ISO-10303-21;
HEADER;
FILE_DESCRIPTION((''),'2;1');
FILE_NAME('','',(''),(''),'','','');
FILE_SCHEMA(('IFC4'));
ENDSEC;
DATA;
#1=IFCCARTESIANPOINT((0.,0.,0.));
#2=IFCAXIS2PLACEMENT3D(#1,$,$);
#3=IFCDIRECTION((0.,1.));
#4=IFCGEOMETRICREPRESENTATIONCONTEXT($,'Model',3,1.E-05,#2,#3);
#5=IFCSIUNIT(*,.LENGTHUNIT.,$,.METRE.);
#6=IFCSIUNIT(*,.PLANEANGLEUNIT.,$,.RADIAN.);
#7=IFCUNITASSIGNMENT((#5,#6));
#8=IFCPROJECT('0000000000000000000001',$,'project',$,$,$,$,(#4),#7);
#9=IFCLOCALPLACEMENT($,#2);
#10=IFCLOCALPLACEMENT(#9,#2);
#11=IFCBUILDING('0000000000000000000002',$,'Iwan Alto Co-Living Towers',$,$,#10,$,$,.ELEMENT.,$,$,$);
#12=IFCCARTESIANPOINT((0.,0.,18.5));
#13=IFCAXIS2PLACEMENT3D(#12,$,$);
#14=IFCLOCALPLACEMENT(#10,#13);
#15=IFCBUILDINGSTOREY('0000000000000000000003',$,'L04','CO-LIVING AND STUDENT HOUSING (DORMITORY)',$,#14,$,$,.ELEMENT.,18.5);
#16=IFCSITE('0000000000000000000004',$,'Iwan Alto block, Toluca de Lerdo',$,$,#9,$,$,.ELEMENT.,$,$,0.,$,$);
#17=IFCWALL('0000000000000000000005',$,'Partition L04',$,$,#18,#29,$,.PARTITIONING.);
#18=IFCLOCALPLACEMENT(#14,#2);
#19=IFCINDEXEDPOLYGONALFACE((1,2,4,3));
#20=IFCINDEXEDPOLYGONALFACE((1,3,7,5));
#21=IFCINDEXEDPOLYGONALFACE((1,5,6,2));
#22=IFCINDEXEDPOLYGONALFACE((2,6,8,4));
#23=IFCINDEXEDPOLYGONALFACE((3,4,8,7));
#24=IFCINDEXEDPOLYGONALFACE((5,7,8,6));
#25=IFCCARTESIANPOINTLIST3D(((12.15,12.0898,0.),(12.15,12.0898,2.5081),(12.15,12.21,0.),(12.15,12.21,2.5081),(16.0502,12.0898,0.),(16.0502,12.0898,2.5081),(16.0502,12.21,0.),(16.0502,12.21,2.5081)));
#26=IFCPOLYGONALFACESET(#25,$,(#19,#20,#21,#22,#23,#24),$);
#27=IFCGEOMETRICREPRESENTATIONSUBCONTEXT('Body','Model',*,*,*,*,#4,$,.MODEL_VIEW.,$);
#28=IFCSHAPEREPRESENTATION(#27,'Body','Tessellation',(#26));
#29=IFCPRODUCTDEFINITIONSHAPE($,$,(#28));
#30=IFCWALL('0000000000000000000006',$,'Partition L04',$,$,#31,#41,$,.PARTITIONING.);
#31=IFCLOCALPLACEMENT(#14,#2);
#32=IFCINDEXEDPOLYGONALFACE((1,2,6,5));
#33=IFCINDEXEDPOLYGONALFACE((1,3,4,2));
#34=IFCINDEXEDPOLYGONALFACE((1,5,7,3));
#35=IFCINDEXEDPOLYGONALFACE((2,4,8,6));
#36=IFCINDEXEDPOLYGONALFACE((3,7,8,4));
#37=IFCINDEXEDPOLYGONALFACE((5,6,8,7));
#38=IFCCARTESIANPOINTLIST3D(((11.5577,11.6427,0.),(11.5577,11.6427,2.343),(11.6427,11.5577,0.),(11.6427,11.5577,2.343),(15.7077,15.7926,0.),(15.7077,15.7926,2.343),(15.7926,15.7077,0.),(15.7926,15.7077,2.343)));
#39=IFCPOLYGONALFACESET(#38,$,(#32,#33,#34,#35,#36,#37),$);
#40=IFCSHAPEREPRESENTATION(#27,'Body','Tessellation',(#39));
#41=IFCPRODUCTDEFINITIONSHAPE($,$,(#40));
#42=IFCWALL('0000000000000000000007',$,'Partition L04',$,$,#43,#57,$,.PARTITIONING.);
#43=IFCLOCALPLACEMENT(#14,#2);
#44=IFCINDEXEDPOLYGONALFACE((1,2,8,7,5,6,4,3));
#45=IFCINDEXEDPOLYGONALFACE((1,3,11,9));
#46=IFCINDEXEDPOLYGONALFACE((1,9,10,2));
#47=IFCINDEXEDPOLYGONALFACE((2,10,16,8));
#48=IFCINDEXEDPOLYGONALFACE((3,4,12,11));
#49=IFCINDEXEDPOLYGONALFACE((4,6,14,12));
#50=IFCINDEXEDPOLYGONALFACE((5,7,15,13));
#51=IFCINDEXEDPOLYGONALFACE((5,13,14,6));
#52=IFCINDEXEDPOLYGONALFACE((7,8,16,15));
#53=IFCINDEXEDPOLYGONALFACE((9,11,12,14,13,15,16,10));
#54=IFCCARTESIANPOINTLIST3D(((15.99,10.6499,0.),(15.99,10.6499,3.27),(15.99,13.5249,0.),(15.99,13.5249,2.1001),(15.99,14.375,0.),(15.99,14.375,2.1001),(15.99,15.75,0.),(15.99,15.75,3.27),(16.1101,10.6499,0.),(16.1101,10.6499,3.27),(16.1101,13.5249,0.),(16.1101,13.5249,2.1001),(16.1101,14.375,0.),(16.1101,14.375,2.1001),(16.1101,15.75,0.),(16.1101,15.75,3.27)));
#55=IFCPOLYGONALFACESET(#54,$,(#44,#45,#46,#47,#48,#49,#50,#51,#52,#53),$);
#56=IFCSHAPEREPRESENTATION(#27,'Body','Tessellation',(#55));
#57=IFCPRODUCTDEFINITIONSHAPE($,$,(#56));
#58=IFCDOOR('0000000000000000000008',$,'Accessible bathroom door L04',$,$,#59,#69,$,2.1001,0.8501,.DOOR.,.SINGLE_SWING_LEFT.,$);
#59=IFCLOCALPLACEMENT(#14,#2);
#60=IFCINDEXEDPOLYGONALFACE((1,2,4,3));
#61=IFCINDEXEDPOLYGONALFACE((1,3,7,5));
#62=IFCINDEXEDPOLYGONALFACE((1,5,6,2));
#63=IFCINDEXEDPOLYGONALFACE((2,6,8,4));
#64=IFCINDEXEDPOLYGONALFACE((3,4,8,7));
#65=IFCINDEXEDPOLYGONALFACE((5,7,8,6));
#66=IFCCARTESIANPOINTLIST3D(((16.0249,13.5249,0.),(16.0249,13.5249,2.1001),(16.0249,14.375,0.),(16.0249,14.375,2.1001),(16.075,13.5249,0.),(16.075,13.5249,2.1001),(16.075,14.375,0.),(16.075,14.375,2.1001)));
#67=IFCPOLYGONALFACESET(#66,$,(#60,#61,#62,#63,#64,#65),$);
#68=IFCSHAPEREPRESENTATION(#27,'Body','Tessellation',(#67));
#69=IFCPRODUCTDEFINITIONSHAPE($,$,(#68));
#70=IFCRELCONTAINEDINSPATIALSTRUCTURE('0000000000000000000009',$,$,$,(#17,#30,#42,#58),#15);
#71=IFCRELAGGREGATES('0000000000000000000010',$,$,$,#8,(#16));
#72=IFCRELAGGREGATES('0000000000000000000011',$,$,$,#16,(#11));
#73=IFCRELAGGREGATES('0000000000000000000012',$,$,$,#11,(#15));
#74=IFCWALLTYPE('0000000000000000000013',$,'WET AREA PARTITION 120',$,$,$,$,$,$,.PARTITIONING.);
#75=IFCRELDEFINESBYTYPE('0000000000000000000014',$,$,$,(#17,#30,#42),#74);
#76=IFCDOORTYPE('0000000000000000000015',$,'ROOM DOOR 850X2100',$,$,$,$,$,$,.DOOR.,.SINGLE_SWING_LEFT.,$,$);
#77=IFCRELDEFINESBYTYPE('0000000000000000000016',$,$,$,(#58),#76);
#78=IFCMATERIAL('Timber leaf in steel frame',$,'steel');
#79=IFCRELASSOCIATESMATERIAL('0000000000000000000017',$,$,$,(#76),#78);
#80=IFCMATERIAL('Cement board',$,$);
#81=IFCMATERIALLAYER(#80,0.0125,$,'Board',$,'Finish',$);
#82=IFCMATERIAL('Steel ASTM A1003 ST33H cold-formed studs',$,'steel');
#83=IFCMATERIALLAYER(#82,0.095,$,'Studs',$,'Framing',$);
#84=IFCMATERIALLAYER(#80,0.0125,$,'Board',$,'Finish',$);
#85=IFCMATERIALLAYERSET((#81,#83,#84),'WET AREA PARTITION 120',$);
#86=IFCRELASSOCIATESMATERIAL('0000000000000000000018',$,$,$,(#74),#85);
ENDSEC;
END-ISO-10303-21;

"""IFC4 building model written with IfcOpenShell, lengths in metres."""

from ifc_helpers import new_model, si_unit, direction, frame, frame_2d, origin, place, context, subcontext, project, spatial, rectangle, extrude, material, layer, layer_set, type_object, element, fill, save


model = new_model("IFC4")

# Units and contexts
model_context = context("Model", 3, precision=1e-05, world=origin(), true_north=direction((0.0, 1.0)))
body_context = subcontext(model_context, "Body", "Model", "MODEL_VIEW")
ifc_project = project(units=[si_unit("LENGTHUNIT", "METRE"), si_unit("PLANEANGLEUNIT", "RADIAN")], contexts=[model_context])

# Site, building, storey
site_placement = place(None, origin())
site = spatial("IfcSite", under=ifc_project, at=site_placement, Name="Iwan Alto block, Toluca de Lerdo", CompositionType="ELEMENT", RefElevation=0.0)
building_placement = place(site_placement, origin())
building = spatial("IfcBuilding", under=site, at=building_placement, Name="Iwan Alto Co-Living Towers", CompositionType="ELEMENT")
storey_placement = place(building_placement, frame((0.0, 0.0, 18.5)))
storey = spatial("IfcBuildingStorey", under=building, at=storey_placement, Name="L04", Description="CO-LIVING AND STUDENT HOUSING (DORMITORY)", CompositionType="ELEMENT", Elevation=18.5)

# Shared definitions
ifc_material_1 = material(Name="Steel ASTM A1003 ST33H cold-formed studs", Category="steel")

# Shared definitions
ifc_material_2 = material(Name="Timber leaf in steel frame", Category="steel")
door_type = type_object("IfcDoorType", Name="ROOM DOOR 850X2100", OperationType="SINGLE_SWING_LEFT", PredefinedType="DOOR", material=ifc_material_2)

# Shared definitions
ifc_material_3 = material(Name="Cement board")
ifc_layer_1 = layer(ifc_material_3, 0.0125, Name="Board", Category="Finish")
ifc_layer_2 = layer(ifc_material_1, 0.095, Name="Studs", Category="Framing")
ifc_layer_3 = layer(ifc_material_3, 0.0125, Name="Board", Category="Finish")
ifc_layer_set_1 = layer_set([ifc_layer_1, ifc_layer_2, ifc_layer_3], Name="WET AREA PARTITION 120")
wall_type_1 = type_object("IfcWallType", Name="WET AREA PARTITION 120", PredefinedType="PARTITIONING", material=ifc_layer_set_1)

# Walls
wall_1_placement = place(storey_placement, frame((12.1499, 12.1499, 0.0), z_axis=(0.0, 0.0, 1.0), x_axis=(1.0, 0.0, 0.0)))
element("IfcWall", 1, at=wall_1_placement, inside=storey, type_object=wall_type_1, Name="Partition L04", PredefinedType="PARTITIONING", context=body_context, shape_type="SweptSolid", body=[
    extrude(rectangle(XDim=3.9001, YDim=0.1201, at=frame_2d((1.9502, 0.0))), origin(), (0.0, 0.0, 1.0), 2.5081),
])
wall_2_placement = place(storey_placement, frame((11.6001, 11.6001, 0.0), z_axis=(0.0, 0.0, 1.0), x_axis=(0.707107, 0.707107, 0.0)))
element("IfcWall", 2, at=wall_2_placement, inside=storey, type_object=wall_type_1, Name="Partition L04", PredefinedType="PARTITIONING", context=body_context, shape_type="SweptSolid", body=[
    extrude(rectangle(XDim=5.8689, YDim=0.1201, at=frame_2d((2.9346, 0.0))), origin(), (0.0, 0.0, 1.0), 2.343),
])

# Wall, opening, door
wall_3_placement = place(storey_placement, frame((16.05, 10.6499, 0.0), z_axis=(0.0, 0.0, 1.0), x_axis=(0.0, 1.0, 0.0)))
wall_3 = element("IfcWall", 3, at=wall_3_placement, inside=storey, type_object=wall_type_1, Name="Partition L04", PredefinedType="PARTITIONING", context=body_context, shape_type="SweptSolid", body=[
    extrude(rectangle(XDim=5.1001, YDim=0.1201, at=frame_2d((2.55, 0.0))), origin(), (0.0, 0.0, 1.0), 3.27),
])
opening_1_placement = place(wall_3_placement, frame((2.875, 0.0, 0.0)))
opening_1 = element("IfcOpeningElement", 4, at=opening_1_placement, cuts=wall_3, PredefinedType="OPENING", context=body_context, shape_type="SweptSolid", body=[
    extrude(rectangle(XDim=0.8501, YDim=2.1001, at=frame_2d((0.425, 1.05))), frame((0.0, 0.0701, 0.0), z_axis=(0.0, -1.0, 0.0), x_axis=(1.0, 0.0, 0.0)), (0.0, 0.0, 1.0), 0.1401),
])
door_1_placement = place(opening_1_placement, frame((0.8501, 0.0, 0.0), z_axis=(0.0, 0.0, 1.0), x_axis=(-1.0, 0.0, 0.0)))
door_1 = element("IfcDoor", 5, at=door_1_placement, inside=storey, type_object=door_type, Name="Accessible bathroom door L04", OperationType="SINGLE_SWING_LEFT", OverallHeight=2.1001, OverallWidth=0.8501, PredefinedType="DOOR", context=body_context, shape_type="SweptSolid", body=[
    extrude(rectangle(XDim=0.8501, YDim=2.1001, at=frame_2d((0.425, 1.05))), frame((0.0, 0.0249, 0.0), z_axis=(0.0, -1.0, 0.0), x_axis=(1.0, 0.0, 0.0)), (0.0, 0.0, 1.0), 0.05),
])
fill(opening_1, door_1)

save(model, "model.ifc")
